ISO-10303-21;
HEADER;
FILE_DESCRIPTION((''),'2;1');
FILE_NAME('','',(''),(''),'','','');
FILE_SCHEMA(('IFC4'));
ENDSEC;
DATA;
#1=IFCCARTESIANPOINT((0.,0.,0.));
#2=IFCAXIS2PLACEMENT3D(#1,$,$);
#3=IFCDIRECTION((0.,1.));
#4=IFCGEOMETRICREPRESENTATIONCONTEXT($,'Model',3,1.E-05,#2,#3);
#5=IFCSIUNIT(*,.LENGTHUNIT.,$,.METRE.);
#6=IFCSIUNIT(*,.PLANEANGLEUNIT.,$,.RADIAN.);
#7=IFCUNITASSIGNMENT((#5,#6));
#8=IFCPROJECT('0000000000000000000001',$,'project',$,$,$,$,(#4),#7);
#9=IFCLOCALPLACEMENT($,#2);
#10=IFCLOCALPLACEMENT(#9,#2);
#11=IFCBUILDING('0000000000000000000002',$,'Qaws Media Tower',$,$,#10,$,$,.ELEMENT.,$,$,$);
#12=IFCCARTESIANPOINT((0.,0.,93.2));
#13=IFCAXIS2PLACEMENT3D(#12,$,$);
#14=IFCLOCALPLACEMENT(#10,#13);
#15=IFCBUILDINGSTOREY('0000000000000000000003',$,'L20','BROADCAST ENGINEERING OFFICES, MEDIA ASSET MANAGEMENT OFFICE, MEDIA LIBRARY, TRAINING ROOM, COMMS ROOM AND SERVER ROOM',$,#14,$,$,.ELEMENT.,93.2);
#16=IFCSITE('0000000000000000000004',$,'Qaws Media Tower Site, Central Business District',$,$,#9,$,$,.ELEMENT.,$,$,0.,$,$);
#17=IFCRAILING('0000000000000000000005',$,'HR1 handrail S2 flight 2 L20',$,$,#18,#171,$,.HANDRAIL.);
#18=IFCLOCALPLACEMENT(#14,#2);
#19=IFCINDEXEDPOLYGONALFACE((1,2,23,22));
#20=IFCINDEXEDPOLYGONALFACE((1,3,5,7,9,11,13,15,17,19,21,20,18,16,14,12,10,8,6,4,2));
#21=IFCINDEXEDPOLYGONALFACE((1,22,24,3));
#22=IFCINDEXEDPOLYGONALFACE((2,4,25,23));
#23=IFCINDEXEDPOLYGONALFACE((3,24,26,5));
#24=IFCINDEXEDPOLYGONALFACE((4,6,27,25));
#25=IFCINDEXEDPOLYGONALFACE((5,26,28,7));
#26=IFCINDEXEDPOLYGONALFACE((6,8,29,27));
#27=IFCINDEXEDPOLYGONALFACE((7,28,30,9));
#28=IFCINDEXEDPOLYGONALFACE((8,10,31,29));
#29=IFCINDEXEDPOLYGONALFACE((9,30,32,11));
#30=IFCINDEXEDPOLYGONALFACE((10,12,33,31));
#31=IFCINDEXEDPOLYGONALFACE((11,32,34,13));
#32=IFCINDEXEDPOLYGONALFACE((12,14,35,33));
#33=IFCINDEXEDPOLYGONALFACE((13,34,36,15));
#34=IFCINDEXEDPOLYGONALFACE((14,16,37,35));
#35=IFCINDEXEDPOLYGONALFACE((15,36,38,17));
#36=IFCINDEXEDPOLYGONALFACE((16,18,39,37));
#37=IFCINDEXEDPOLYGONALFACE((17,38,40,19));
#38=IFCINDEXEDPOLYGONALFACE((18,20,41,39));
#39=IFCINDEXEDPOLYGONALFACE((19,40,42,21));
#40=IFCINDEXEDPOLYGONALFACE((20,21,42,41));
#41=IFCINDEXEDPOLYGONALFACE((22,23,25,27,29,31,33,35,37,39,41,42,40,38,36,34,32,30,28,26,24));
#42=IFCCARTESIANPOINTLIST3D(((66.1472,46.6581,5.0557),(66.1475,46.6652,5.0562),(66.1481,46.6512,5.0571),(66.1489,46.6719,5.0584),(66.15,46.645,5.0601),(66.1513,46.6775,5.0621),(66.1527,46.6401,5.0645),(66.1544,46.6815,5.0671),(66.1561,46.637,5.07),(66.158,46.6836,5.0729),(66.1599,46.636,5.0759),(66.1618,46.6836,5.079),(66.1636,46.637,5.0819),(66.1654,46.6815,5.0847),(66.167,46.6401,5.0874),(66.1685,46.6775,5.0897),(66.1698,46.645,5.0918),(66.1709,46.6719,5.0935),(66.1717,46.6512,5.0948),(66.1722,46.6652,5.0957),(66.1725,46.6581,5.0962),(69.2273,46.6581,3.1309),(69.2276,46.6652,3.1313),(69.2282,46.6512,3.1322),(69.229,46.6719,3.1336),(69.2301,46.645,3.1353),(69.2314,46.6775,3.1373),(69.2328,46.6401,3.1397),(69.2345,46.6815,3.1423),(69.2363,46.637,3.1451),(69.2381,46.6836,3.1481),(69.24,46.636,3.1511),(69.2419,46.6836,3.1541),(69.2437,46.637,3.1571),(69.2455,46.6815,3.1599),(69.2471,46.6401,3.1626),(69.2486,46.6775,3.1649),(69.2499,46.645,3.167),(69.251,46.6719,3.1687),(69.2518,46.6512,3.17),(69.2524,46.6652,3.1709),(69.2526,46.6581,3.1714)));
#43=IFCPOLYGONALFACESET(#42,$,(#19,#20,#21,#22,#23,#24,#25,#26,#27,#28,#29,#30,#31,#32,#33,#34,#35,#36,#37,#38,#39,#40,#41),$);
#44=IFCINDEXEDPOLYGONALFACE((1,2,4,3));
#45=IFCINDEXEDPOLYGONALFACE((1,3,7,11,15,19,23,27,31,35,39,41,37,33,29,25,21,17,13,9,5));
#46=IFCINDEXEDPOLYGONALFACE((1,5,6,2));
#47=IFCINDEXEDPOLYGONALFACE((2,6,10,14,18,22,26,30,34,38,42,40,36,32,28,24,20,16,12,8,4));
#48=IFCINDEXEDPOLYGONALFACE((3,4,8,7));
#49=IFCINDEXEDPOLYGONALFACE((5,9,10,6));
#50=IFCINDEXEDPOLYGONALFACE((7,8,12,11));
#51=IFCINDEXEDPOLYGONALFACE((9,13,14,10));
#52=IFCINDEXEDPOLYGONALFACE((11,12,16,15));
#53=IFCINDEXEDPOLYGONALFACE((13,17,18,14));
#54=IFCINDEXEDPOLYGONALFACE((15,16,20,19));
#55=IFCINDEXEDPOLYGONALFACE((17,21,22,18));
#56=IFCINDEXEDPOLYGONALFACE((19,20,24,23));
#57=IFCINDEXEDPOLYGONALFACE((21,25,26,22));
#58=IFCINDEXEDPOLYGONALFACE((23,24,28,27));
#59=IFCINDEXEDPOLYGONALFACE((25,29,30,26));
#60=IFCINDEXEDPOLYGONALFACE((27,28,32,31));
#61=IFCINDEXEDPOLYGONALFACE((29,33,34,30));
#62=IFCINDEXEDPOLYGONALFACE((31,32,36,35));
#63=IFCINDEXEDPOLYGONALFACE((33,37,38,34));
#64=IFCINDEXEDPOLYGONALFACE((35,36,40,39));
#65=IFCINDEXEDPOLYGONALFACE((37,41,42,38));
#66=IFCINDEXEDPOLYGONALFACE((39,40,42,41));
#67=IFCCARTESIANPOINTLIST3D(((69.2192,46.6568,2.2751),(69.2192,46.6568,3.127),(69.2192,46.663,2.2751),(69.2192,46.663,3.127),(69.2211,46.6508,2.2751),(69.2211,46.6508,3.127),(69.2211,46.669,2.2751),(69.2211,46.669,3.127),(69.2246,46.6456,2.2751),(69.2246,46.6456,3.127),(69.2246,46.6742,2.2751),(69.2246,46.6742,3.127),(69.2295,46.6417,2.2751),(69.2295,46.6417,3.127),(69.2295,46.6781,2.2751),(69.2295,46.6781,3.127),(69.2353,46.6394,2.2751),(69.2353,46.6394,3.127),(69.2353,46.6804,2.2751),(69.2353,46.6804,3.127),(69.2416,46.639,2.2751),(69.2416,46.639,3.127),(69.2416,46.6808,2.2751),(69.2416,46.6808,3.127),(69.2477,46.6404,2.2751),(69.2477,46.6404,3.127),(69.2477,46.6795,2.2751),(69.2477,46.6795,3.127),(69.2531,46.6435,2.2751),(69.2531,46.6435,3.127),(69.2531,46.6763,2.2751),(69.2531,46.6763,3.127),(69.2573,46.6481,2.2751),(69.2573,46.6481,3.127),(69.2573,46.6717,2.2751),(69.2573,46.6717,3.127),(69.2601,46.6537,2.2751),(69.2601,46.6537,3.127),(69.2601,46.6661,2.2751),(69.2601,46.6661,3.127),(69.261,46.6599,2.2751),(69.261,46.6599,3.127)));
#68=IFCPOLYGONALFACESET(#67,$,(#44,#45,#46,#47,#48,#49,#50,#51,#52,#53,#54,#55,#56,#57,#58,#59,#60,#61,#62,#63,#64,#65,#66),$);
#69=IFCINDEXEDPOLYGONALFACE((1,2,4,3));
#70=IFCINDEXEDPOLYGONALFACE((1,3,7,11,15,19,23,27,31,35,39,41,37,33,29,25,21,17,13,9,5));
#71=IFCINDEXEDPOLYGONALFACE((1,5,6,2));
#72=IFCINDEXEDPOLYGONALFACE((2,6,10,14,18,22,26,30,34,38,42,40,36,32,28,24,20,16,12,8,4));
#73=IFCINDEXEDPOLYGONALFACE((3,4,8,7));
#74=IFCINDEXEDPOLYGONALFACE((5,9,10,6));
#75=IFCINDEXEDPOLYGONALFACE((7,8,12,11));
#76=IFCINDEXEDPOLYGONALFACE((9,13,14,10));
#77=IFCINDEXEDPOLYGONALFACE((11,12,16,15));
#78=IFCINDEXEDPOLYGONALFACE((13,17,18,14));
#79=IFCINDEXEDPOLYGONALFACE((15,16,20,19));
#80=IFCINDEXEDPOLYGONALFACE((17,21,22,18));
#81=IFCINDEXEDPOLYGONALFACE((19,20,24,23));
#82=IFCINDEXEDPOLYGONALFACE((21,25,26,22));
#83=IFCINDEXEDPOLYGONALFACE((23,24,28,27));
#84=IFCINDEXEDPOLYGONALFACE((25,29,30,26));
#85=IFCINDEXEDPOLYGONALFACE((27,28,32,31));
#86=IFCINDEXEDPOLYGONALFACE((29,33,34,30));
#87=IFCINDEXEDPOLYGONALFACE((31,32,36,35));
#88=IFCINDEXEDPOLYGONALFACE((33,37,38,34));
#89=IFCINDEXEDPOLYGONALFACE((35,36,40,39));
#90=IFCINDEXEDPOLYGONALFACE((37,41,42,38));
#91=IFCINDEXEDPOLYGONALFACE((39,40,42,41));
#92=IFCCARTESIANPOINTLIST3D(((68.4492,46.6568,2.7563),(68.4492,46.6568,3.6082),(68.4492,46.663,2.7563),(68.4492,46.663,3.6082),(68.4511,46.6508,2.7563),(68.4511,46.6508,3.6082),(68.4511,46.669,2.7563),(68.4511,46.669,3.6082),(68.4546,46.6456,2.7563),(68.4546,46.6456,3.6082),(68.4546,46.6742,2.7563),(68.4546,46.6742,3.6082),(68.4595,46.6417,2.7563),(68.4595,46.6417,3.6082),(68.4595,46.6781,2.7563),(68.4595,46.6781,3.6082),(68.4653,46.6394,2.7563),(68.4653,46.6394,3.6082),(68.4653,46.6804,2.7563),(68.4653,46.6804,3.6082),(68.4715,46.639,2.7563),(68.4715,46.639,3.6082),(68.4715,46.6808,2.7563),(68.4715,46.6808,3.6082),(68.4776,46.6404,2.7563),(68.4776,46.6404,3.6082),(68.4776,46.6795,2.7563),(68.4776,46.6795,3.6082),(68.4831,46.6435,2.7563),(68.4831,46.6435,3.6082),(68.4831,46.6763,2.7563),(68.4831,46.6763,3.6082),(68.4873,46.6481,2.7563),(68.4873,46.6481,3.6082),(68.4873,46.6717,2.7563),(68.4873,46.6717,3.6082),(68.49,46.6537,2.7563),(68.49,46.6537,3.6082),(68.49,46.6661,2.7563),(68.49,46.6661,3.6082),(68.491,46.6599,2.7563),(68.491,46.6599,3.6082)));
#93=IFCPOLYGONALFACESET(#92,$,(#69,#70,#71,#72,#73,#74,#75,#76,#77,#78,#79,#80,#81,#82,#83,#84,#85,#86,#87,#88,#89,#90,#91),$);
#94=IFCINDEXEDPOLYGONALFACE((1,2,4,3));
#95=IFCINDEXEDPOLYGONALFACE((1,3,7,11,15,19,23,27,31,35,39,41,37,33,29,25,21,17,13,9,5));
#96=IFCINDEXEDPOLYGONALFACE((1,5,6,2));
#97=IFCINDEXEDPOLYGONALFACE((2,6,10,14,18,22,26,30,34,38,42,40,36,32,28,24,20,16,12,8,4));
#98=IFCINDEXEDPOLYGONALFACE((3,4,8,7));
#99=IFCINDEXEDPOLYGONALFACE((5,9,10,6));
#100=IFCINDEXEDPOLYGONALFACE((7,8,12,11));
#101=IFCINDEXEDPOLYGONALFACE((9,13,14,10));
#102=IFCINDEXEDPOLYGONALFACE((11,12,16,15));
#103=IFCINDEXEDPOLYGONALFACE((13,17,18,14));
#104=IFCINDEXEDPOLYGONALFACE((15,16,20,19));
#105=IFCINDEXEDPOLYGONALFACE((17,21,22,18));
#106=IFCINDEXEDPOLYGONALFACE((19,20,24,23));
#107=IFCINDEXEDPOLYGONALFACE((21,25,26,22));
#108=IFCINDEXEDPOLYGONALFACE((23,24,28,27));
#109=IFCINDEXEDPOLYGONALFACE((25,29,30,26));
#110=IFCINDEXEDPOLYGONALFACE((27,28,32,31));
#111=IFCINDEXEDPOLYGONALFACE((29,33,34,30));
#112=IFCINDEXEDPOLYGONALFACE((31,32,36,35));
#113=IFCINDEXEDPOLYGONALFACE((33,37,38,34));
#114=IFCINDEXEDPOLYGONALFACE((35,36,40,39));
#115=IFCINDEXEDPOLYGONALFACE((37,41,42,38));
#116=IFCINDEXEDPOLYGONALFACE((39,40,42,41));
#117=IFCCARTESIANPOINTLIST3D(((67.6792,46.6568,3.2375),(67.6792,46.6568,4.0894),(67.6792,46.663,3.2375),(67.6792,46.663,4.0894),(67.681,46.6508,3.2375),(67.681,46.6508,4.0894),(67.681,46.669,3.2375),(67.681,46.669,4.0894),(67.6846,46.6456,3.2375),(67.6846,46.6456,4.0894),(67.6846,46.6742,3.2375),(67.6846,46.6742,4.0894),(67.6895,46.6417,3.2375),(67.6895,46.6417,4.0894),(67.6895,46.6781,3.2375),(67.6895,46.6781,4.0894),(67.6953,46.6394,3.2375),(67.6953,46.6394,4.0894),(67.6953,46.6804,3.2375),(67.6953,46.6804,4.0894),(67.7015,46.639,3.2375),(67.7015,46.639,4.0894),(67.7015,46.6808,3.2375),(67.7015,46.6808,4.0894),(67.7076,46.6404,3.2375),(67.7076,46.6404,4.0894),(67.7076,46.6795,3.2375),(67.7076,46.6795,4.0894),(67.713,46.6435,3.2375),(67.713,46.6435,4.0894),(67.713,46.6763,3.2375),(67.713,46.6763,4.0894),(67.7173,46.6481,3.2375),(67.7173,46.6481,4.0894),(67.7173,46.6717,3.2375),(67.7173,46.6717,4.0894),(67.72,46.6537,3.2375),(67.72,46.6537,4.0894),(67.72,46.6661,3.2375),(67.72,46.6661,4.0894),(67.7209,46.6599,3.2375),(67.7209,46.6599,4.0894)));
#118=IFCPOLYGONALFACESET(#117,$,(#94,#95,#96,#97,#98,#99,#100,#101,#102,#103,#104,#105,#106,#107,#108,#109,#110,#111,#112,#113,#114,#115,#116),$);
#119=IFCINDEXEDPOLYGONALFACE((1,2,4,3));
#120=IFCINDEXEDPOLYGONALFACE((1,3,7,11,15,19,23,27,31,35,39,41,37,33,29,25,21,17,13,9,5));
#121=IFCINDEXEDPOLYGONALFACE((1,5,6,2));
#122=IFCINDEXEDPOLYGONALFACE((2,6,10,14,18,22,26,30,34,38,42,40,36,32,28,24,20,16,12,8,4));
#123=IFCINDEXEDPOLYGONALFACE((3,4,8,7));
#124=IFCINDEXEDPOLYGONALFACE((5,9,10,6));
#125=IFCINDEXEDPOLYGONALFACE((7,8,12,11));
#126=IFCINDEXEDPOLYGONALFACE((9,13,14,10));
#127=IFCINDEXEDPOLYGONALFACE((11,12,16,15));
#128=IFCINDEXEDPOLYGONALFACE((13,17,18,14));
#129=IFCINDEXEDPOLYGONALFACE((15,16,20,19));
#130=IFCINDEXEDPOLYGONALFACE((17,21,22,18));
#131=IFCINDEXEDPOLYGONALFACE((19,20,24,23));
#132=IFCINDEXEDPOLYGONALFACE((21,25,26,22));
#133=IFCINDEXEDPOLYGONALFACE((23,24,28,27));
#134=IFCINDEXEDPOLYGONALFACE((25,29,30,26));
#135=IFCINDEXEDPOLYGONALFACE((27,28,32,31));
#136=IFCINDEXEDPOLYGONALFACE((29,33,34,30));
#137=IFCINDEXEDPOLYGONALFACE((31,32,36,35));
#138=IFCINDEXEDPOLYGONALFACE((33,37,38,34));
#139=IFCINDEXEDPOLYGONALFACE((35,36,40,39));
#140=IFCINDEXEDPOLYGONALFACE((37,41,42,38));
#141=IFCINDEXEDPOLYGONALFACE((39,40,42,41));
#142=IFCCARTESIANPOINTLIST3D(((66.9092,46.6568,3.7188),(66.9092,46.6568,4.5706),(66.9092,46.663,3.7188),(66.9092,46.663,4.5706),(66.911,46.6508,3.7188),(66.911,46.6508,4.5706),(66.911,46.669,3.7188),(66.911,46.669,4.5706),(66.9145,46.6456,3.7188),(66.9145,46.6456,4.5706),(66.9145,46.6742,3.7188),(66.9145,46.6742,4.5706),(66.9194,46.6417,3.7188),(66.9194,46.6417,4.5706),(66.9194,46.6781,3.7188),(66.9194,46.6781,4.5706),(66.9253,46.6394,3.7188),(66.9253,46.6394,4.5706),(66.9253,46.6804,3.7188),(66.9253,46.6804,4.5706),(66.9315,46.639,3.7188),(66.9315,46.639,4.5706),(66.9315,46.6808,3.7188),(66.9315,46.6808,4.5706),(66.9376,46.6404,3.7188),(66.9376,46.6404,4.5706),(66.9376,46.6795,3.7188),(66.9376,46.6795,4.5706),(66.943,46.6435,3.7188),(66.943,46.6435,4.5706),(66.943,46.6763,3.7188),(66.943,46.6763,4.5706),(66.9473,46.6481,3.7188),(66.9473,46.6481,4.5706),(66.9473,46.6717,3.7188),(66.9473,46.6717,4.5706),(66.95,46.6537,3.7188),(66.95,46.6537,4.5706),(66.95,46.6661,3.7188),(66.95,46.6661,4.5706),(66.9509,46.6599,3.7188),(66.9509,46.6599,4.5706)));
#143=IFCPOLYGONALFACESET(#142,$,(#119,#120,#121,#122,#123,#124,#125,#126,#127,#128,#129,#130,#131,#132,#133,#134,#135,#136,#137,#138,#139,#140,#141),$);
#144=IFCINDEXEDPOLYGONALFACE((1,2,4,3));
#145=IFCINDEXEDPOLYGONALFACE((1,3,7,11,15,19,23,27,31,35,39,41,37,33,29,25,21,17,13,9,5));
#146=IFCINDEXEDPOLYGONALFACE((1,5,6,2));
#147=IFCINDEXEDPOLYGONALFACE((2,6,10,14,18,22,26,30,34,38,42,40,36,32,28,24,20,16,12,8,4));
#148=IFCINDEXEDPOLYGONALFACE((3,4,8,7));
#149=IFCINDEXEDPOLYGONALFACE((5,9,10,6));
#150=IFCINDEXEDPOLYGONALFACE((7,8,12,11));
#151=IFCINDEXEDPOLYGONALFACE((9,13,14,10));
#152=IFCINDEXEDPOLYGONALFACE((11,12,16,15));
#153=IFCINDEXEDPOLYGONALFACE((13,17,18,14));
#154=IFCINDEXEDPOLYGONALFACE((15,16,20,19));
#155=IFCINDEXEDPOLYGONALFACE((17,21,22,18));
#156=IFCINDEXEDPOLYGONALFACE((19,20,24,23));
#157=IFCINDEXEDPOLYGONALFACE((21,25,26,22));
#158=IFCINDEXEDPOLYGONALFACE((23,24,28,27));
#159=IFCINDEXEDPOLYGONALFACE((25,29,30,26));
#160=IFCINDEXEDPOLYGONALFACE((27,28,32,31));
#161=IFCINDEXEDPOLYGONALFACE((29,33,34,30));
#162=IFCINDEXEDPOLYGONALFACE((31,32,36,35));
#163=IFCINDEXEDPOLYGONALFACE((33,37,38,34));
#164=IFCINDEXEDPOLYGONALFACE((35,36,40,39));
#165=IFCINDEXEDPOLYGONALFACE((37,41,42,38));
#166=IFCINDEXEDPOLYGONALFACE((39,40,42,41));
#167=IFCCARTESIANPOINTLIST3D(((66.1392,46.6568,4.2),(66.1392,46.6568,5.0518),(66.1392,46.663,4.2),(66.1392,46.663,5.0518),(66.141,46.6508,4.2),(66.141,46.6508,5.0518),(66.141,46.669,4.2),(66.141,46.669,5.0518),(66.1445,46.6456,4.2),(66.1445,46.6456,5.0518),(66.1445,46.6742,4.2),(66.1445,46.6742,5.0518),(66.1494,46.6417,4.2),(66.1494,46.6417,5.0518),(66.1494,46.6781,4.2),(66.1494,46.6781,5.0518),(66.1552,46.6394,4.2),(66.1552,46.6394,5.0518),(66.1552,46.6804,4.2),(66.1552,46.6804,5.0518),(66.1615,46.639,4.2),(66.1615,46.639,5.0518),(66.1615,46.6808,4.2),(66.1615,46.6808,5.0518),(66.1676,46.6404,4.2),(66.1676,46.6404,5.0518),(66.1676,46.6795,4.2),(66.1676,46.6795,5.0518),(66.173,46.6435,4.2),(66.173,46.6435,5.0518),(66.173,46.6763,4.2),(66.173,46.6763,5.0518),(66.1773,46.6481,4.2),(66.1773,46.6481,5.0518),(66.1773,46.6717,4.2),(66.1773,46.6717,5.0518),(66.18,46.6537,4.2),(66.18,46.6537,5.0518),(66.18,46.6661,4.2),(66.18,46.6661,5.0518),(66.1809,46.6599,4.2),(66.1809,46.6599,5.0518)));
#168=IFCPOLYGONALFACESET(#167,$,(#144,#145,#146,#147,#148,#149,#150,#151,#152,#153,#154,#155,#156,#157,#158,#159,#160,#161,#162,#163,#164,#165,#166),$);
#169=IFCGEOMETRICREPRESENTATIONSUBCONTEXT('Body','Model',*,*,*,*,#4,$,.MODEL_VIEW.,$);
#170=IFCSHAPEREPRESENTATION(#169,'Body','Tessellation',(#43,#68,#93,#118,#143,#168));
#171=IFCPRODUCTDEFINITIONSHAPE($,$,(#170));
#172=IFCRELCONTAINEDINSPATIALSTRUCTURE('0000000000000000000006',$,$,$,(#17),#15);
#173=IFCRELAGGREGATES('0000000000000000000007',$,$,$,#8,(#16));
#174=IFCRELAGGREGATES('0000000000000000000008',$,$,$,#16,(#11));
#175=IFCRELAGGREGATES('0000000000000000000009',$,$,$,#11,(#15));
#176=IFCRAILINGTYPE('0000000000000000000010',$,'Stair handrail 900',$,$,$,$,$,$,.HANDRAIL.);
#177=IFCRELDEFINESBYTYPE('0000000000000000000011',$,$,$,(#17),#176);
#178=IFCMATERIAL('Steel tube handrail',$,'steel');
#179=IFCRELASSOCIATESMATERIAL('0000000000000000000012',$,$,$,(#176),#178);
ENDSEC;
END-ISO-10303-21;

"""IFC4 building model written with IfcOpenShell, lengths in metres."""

from ifc_helpers import new_model, si_unit, direction, frame, origin, origin_2d, place, context, subcontext, project, spatial, circle, extrude, material, type_object, element, save


model = new_model("IFC4")

# Units and contexts
model_context = context("Model", 3, precision=1e-05, world=origin(), true_north=direction((0.0, 1.0)))
body_context = subcontext(model_context, "Body", "Model", "MODEL_VIEW")
ifc_project = project(units=[si_unit("LENGTHUNIT", "METRE"), si_unit("PLANEANGLEUNIT", "RADIAN")], contexts=[model_context])

# Site, building, storey
site_placement = place(None, origin())
site = spatial("IfcSite", under=ifc_project, at=site_placement, Name="Qaws Media Tower Site, Central Business District", CompositionType="ELEMENT", RefElevation=0.0)
building_placement = place(site_placement, origin())
building = spatial("IfcBuilding", under=site, at=building_placement, Name="Qaws Media Tower", CompositionType="ELEMENT")
storey_placement = place(building_placement, frame((0.0, 0.0, 93.2)))
storey = spatial("IfcBuildingStorey", under=building, at=storey_placement, Name="L20", Description="BROADCAST ENGINEERING OFFICES, MEDIA ASSET MANAGEMENT OFFICE, MEDIA LIBRARY, TRAINING ROOM, COMMS ROOM AND SERVER ROOM", CompositionType="ELEMENT", Elevation=93.2)

# Railing
ifc_material_1 = material(Name="Steel tube handrail", Category="steel")
railing_type = type_object("IfcRailingType", Name="Stair handrail 900", PredefinedType="HANDRAIL", material=ifc_material_1)
for number, where, name in (
    (1, (69.24, 46.6599, 2.2751), "HR1 handrail S2 flight 2 L20"),
):
    element("IfcRailing", number, at=place(storey_placement, frame(where)), inside=storey, type_object=railing_type, Name=name, PredefinedType="HANDRAIL", context=body_context, shape_type="SweptSolid", body=[
        extrude(circle(Radius=0.0239, at=origin_2d()), frame((0.0, 0.0, 0.876), z_axis=(-0.848029, 0.0, 0.529951), x_axis=(0.0, -1.0, 0.0)), (0.0, 0.0, 1.0), 3.6321),
        extrude(circle(Radius=0.021, at=origin_2d()), origin(), (0.0, 0.0, 1.0), 0.8518),
        extrude(circle(Radius=0.021, at=origin_2d()), frame((-0.77, 0.0, 0.4812)), (0.0, 0.0, 1.0), 0.8518),
        extrude(circle(Radius=0.021, at=origin_2d()), frame((-1.54, 0.0, 0.9624)), (0.0, 0.0, 1.0), 0.8518),
        extrude(circle(Radius=0.021, at=origin_2d()), frame((-2.3101, 0.0, 1.4436)), (0.0, 0.0, 1.0), 0.8518),
        extrude(circle(Radius=0.021, at=origin_2d()), frame((-3.0801, 0.0, 1.9248)), (0.0, 0.0, 1.0), 0.8518),
    ])

save(model, "model.ifc")
